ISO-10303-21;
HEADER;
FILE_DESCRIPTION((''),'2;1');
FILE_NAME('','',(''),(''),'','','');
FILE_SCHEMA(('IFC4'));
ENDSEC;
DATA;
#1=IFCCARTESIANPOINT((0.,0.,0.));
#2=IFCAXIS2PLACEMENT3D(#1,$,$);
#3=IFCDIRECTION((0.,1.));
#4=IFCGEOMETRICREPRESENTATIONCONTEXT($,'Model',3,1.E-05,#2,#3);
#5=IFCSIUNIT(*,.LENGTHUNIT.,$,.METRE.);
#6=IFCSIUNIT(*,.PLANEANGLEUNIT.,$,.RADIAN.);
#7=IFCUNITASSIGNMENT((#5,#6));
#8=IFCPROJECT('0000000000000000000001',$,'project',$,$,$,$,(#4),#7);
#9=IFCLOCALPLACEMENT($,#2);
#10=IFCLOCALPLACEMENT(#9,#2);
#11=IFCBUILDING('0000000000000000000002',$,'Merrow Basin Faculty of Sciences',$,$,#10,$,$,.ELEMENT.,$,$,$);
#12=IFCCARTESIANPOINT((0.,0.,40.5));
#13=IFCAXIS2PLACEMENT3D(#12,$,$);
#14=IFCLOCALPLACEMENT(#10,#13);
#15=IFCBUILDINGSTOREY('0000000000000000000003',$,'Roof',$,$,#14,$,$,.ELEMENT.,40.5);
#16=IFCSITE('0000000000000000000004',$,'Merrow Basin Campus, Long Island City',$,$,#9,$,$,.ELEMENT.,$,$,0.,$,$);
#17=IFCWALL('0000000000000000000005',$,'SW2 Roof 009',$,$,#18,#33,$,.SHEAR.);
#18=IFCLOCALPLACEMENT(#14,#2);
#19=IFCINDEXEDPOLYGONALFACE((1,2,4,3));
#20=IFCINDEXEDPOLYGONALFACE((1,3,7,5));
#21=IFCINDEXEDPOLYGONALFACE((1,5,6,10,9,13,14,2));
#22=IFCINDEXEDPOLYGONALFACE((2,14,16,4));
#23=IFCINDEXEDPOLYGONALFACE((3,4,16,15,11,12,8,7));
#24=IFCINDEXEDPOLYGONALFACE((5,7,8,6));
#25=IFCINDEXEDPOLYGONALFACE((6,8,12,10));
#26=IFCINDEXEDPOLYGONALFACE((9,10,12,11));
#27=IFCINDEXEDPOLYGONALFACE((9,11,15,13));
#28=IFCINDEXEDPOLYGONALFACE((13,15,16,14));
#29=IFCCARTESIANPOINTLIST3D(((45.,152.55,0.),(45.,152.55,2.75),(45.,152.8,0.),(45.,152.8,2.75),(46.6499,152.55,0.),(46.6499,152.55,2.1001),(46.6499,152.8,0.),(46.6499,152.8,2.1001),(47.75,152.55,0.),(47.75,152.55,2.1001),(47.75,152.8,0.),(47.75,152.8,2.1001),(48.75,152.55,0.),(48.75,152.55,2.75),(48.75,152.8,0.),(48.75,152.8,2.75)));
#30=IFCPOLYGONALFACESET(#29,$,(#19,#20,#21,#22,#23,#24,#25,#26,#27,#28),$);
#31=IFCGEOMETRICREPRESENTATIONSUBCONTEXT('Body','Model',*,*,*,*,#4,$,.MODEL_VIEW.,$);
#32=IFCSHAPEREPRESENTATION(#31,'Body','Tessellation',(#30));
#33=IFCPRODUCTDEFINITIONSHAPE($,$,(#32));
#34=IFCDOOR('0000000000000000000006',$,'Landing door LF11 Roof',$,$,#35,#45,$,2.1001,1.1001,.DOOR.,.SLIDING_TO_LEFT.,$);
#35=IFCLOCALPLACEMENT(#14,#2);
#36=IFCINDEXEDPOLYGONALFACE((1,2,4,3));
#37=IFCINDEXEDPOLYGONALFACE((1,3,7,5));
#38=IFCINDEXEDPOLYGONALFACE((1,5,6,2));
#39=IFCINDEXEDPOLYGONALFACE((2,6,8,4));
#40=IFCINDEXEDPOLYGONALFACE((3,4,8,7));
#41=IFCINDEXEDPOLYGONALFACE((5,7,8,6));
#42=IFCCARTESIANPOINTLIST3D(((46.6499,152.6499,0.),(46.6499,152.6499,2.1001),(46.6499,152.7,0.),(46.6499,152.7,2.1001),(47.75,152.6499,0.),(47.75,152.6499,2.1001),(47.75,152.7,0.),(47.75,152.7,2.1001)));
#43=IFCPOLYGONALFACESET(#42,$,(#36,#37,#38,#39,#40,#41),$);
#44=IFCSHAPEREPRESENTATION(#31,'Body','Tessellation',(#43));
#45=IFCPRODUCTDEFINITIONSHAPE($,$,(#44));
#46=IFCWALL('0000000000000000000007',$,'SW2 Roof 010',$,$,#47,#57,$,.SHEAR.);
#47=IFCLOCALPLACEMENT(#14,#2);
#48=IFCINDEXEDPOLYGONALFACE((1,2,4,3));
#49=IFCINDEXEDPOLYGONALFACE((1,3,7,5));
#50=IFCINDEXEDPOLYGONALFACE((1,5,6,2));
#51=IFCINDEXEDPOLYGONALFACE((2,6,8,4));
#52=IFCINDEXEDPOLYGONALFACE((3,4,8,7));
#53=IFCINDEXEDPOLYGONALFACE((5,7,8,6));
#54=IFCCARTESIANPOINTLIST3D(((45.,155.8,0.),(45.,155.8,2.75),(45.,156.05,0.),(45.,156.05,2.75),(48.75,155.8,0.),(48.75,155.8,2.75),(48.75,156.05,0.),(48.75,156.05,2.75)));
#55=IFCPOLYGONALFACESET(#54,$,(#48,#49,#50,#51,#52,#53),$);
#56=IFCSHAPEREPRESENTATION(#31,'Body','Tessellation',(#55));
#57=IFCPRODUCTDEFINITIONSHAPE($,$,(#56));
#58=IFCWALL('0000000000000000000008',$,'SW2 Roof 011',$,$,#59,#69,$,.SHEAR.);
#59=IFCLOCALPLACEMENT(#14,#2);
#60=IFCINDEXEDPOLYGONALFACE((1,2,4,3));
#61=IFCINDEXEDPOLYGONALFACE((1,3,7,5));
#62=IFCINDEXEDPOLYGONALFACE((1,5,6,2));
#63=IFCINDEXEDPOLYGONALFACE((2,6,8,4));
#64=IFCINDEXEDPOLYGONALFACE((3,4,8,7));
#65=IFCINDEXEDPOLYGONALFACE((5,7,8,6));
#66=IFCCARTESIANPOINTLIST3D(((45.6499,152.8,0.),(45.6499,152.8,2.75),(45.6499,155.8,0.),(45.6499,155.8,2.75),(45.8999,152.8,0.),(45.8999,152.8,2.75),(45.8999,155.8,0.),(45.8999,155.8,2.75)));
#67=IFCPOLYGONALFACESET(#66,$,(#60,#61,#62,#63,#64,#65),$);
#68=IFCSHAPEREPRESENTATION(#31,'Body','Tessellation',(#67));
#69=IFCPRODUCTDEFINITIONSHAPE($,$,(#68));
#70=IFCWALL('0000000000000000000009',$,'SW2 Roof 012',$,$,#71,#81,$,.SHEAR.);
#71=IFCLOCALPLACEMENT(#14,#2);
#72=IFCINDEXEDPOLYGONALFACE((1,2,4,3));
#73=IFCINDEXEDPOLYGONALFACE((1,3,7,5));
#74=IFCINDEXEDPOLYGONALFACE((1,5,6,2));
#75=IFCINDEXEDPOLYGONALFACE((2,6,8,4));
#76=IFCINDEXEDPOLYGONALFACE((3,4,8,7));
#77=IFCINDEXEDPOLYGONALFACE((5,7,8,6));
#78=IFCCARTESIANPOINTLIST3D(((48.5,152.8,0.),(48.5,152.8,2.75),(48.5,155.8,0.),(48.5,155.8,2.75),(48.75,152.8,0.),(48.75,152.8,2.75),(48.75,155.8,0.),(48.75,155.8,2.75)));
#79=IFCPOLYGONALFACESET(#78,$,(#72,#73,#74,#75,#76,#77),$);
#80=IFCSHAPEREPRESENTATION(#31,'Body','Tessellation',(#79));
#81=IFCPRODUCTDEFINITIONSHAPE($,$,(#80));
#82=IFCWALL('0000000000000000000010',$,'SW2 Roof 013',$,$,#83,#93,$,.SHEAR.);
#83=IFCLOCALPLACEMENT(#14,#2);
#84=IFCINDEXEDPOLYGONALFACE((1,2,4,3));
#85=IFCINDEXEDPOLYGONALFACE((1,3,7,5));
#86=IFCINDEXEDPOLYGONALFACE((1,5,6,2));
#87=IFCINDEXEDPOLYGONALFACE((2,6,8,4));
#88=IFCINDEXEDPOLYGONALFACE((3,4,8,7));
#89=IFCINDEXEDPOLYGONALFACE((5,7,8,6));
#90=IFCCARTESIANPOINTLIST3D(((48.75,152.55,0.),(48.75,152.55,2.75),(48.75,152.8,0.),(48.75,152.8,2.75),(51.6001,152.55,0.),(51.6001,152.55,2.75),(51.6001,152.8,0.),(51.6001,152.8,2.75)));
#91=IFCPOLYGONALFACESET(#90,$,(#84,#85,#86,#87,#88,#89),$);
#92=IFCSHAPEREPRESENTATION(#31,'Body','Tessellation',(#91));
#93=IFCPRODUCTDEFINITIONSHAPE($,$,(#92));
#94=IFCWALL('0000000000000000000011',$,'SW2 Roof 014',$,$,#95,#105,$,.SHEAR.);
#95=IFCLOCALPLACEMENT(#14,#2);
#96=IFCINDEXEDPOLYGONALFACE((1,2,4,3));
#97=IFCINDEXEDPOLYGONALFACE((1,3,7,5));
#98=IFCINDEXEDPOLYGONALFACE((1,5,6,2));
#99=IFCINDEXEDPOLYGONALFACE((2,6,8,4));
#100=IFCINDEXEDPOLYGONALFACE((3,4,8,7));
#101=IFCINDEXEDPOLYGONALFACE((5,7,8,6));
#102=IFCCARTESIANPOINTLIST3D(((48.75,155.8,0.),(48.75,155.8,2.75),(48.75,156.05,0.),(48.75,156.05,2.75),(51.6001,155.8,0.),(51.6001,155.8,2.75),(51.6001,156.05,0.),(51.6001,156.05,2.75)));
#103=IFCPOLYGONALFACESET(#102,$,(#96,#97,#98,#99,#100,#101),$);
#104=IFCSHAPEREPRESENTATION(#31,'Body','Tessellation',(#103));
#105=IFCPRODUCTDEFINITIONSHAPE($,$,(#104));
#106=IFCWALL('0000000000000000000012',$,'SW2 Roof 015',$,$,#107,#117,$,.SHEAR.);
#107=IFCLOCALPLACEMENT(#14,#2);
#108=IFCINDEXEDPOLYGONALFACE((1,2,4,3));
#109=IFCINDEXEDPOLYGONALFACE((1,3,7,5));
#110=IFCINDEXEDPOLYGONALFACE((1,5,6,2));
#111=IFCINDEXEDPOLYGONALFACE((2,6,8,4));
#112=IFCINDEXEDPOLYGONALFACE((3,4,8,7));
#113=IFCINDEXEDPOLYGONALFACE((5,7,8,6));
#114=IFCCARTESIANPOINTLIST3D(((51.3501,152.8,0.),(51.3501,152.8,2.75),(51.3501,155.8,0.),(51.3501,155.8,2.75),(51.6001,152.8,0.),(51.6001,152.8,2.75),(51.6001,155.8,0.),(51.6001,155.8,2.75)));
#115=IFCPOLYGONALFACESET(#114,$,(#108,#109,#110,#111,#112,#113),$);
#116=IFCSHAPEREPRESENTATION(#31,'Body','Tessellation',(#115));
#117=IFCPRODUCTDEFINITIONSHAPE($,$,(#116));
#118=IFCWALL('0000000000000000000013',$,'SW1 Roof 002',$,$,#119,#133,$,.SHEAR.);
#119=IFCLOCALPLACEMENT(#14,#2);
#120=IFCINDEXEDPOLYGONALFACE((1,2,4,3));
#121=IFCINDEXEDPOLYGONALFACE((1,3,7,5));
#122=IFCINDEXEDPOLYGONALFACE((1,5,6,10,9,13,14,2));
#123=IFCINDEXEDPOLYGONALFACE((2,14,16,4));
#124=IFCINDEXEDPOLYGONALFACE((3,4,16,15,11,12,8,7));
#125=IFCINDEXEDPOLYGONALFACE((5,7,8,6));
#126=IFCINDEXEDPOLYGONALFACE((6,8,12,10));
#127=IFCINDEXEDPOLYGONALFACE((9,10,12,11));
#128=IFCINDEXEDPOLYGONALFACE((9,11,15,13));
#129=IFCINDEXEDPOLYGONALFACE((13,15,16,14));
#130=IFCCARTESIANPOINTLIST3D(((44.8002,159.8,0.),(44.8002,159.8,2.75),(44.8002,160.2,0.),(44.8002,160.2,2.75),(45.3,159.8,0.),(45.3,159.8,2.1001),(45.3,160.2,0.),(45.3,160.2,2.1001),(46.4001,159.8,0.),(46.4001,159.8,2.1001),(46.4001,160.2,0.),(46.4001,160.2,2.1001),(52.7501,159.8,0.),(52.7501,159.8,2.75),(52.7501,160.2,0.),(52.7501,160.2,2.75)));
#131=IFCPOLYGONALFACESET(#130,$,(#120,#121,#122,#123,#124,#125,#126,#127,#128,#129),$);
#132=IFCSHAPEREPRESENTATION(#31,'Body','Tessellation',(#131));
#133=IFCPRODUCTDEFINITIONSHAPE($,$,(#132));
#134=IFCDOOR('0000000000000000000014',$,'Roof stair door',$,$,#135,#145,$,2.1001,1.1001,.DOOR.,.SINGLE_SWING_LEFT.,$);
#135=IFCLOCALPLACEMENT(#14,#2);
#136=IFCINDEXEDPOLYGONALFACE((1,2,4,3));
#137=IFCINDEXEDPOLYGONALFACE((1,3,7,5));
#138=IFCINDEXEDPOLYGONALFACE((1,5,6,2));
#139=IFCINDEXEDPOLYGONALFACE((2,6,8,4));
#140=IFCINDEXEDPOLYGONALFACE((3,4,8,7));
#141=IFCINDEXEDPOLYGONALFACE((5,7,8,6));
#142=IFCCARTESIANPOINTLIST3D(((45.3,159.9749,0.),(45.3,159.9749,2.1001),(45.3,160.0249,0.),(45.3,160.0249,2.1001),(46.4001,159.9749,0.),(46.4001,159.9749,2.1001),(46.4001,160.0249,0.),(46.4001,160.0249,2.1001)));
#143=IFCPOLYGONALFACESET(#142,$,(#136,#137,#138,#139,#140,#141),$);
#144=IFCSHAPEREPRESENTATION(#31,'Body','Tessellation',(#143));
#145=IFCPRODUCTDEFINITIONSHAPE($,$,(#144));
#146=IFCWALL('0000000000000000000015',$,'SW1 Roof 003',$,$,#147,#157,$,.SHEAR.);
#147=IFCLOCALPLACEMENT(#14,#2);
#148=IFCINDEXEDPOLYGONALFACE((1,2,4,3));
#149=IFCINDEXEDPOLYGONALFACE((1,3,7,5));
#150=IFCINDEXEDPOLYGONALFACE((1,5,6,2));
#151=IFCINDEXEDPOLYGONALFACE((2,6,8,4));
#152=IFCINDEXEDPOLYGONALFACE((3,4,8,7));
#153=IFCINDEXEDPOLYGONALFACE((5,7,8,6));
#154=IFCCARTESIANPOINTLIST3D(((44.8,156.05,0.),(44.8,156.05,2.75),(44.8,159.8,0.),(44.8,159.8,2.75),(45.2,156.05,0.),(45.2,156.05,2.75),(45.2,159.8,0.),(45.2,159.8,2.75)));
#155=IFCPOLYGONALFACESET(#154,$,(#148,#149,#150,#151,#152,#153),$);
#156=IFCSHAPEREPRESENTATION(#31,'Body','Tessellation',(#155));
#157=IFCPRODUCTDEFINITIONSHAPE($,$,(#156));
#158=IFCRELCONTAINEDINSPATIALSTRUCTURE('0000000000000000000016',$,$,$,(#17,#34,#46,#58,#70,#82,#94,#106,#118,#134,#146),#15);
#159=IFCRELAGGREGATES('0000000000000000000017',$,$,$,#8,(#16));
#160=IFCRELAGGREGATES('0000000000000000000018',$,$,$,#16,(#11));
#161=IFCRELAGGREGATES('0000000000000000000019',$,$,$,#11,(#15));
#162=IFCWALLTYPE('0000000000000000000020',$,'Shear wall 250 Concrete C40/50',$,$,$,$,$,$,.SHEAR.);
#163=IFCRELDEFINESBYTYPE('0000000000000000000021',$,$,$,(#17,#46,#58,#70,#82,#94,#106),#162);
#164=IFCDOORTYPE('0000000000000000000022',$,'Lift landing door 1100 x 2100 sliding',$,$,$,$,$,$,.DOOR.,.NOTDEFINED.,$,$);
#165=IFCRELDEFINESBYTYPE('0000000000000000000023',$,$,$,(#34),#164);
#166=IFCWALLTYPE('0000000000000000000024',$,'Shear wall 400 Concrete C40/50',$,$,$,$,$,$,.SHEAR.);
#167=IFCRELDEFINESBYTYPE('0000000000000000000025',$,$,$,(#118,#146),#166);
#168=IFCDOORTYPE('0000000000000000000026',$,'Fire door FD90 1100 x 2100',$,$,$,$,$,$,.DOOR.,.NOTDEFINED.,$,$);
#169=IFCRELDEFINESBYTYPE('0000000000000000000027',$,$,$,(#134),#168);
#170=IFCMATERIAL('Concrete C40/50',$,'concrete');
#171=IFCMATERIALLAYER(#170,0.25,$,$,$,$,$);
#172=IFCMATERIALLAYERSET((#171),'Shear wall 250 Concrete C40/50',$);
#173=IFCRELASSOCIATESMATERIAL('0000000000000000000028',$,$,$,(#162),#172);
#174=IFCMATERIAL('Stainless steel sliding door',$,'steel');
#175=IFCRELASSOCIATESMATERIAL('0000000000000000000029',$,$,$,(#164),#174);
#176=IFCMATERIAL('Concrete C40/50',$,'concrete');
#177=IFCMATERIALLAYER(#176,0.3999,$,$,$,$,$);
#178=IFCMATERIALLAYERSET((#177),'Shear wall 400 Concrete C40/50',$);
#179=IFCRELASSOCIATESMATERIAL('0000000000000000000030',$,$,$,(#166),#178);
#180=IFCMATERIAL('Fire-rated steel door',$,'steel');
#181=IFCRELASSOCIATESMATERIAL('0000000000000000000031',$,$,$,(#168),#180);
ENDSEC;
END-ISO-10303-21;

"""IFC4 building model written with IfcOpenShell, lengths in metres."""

from ifc_helpers import new_model, si_unit, direction, frame, frame_2d, origin, place, context, subcontext, project, spatial, rectangle, extrude, material, layer, layer_set, type_object, element, fill, save


model = new_model("IFC4")

# Units and contexts
model_context = context("Model", 3, precision=1e-05, world=origin(), true_north=direction((0.0, 1.0)))
body_context = subcontext(model_context, "Body", "Model", "MODEL_VIEW")
ifc_project = project(units=[si_unit("LENGTHUNIT", "METRE"), si_unit("PLANEANGLEUNIT", "RADIAN")], contexts=[model_context])

# Site, building, storey
site_placement = place(None, origin())
site = spatial("IfcSite", under=ifc_project, at=site_placement, Name="Merrow Basin Campus, Long Island City", CompositionType="ELEMENT", RefElevation=0.0)
building_placement = place(site_placement, origin())
building = spatial("IfcBuilding", under=site, at=building_placement, Name="Merrow Basin Faculty of Sciences", CompositionType="ELEMENT")
storey_placement = place(building_placement, frame((0.0, 0.0, 40.5)))
storey = spatial("IfcBuildingStorey", under=building, at=storey_placement, Name="Roof", CompositionType="ELEMENT", Elevation=40.5)

# Shared definitions
ifc_material_1 = material(Name="Concrete C40/50", Category="concrete")
ifc_layer_1 = layer(ifc_material_1, 0.25)
ifc_layer_set_1 = layer_set([ifc_layer_1], Name="Shear wall 250 Concrete C40/50")
wall_type_1 = type_object("IfcWallType", Name="Shear wall 250 Concrete C40/50", PredefinedType="SHEAR", material=ifc_layer_set_1)

# Wall, opening, door
wall_1_placement = place(storey_placement, frame((45.0, 152.675, 0.0), z_axis=(0.0, 0.0, 1.0), x_axis=(1.0, 0.0, 0.0)))
wall_1 = element("IfcWall", 1, at=wall_1_placement, inside=storey, type_object=wall_type_1, Name="SW2 Roof 009", PredefinedType="SHEAR", context=body_context, shape_type="SweptSolid", body=[
    extrude(rectangle(XDim=3.75, YDim=0.25, at=frame_2d((1.875, 0.0))), origin(), (0.0, 0.0, 1.0), 2.75),
])
opening_1_placement = place(wall_1_placement, frame((1.6499, 0.0, 0.0)))
opening_1 = element("IfcOpeningElement", 2, at=opening_1_placement, cuts=wall_1, PredefinedType="OPENING", context=body_context, shape_type="SweptSolid", body=[
    extrude(rectangle(XDim=1.1001, YDim=2.1001, at=frame_2d((0.55, 1.05))), frame((0.0, 0.135, 0.0), z_axis=(0.0, -1.0, 0.0), x_axis=(1.0, 0.0, 0.0)), (0.0, 0.0, 1.0), 0.27),
])
ifc_material_2 = material(Name="Stainless steel sliding door", Category="steel")
door_type_1 = type_object("IfcDoorType", Name="Lift landing door 1100 x 2100 sliding", OperationType="NOTDEFINED", PredefinedType="DOOR", material=ifc_material_2)
door_1_placement = place(opening_1_placement, origin())
door_1 = element("IfcDoor", 3, at=door_1_placement, inside=storey, type_object=door_type_1, Name="Landing door LF11 Roof", OperationType="SLIDING_TO_LEFT", OverallHeight=2.1001, OverallWidth=1.1001, PredefinedType="DOOR", context=body_context, shape_type="SweptSolid", body=[
    extrude(rectangle(XDim=1.1001, YDim=2.1001, at=frame_2d((0.55, 1.05))), frame((0.0, 0.0249, 0.0), z_axis=(0.0, -1.0, 0.0), x_axis=(1.0, 0.0, 0.0)), (0.0, 0.0, 1.0), 0.05),
])
fill(opening_1, door_1)

# Walls
wall_2_placement = place(storey_placement, frame((45.0, 155.925, 0.0), z_axis=(0.0, 0.0, 1.0), x_axis=(1.0, 0.0, 0.0)))
element("IfcWall", 4, at=wall_2_placement, inside=storey, type_object=wall_type_1, Name="SW2 Roof 010", PredefinedType="SHEAR", context=body_context, shape_type="SweptSolid", body=[
    extrude(rectangle(XDim=3.75, YDim=0.25, at=frame_2d((1.875, 0.0))), origin(), (0.0, 0.0, 1.0), 2.75),
])
for number, where, z_axis, x_axis, name in (
    (5, (45.7749, 152.8, 0.0), (0.0, 0.0, 1.0), (0.0, 1.0, 0.0), "SW2 Roof 011"),
    (6, (48.625, 152.8, 0.0), (0.0, 0.0, 1.0), (0.0, 1.0, 0.0), "SW2 Roof 012"),
):
    element("IfcWall", number, at=place(storey_placement, frame(where, z_axis=z_axis, x_axis=x_axis)), inside=storey, type_object=wall_type_1, Name=name, PredefinedType="SHEAR", context=body_context, shape_type="SweptSolid", body=[
        extrude(rectangle(XDim=3.0, YDim=0.25, at=frame_2d((1.5, 0.0))), origin(), (0.0, 0.0, 1.0), 2.75),
    ])
for number, where, z_axis, x_axis, name in (
    (7, (48.75, 152.675, 0.0), (0.0, 0.0, 1.0), (1.0, 0.0, 0.0), "SW2 Roof 013"),
    (8, (48.75, 155.925, 0.0), (0.0, 0.0, 1.0), (1.0, 0.0, 0.0), "SW2 Roof 014"),
):
    element("IfcWall", number, at=place(storey_placement, frame(where, z_axis=z_axis, x_axis=x_axis)), inside=storey, type_object=wall_type_1, Name=name, PredefinedType="SHEAR", context=body_context, shape_type="SweptSolid", body=[
        extrude(rectangle(XDim=2.8501, YDim=0.25, at=frame_2d((1.425, 0.0))), origin(), (0.0, 0.0, 1.0), 2.75),
    ])
wall_3_placement = place(storey_placement, frame((51.4751, 152.8, 0.0), z_axis=(0.0, 0.0, 1.0), x_axis=(0.0, 1.0, 0.0)))
element("IfcWall", 9, at=wall_3_placement, inside=storey, type_object=wall_type_1, Name="SW2 Roof 015", PredefinedType="SHEAR", context=body_context, shape_type="SweptSolid", body=[
    extrude(rectangle(XDim=3.0, YDim=0.25, at=frame_2d((1.5, 0.0))), origin(), (0.0, 0.0, 1.0), 2.75),
])

# Wall, opening, door
ifc_material_3 = material(Name="Concrete C40/50", Category="concrete")
ifc_layer_2 = layer(ifc_material_3, 0.3999)
ifc_layer_set_2 = layer_set([ifc_layer_2], Name="Shear wall 400 Concrete C40/50")
wall_type_2 = type_object("IfcWallType", Name="Shear wall 400 Concrete C40/50", PredefinedType="SHEAR", material=ifc_layer_set_2)
wall_4_placement = place(storey_placement, frame((44.8, 160.0, 0.0), z_axis=(0.0, 0.0, 1.0), x_axis=(1.0, 0.0, 0.0)))
wall_4 = element("IfcWall", 10, at=wall_4_placement, inside=storey, type_object=wall_type_2, Name="SW1 Roof 002", PredefinedType="SHEAR", context=body_context, shape_type="SweptSolid", body=[
    extrude(rectangle(XDim=7.95, YDim=0.3999, at=frame_2d((3.9751, 0.0))), origin(), (0.0, 0.0, 1.0), 2.75),
])
opening_2_placement = place(wall_4_placement, frame((0.5, 0.0, 0.0)))
opening_2 = element("IfcOpeningElement", 11, at=opening_2_placement, cuts=wall_4, PredefinedType="OPENING", context=body_context, shape_type="SweptSolid", body=[
    extrude(rectangle(XDim=1.1001, YDim=2.1001, at=frame_2d((0.55, 1.05))), frame((0.0, 0.21, 0.0), z_axis=(0.0, -1.0, 0.0), x_axis=(1.0, 0.0, 0.0)), (0.0, 0.0, 1.0), 0.4199),
])
ifc_material_4 = material(Name="Fire-rated steel door", Category="steel")
door_type_2 = type_object("IfcDoorType", Name="Fire door FD90 1100 x 2100", OperationType="NOTDEFINED", PredefinedType="DOOR", material=ifc_material_4)
door_2_placement = place(opening_2_placement, origin())
door_2 = element("IfcDoor", 12, at=door_2_placement, inside=storey, type_object=door_type_2, Name="Roof stair door", OperationType="SINGLE_SWING_LEFT", OverallHeight=2.1001, OverallWidth=1.1001, PredefinedType="DOOR", context=body_context, shape_type="SweptSolid", body=[
    extrude(rectangle(XDim=1.1001, YDim=2.1001, at=frame_2d((0.55, 1.05))), frame((0.0, 0.0249, 0.0), z_axis=(0.0, -1.0, 0.0), x_axis=(1.0, 0.0, 0.0)), (0.0, 0.0, 1.0), 0.05),
])
fill(opening_2, door_2)

# Wall
wall_5_placement = place(storey_placement, frame((45.0, 156.05, 0.0), z_axis=(0.0, 0.0, 1.0), x_axis=(0.0, 1.0, 0.0)))
element("IfcWall", 13, at=wall_5_placement, inside=storey, type_object=wall_type_2, Name="SW1 Roof 003", PredefinedType="SHEAR", context=body_context, shape_type="SweptSolid", body=[
    extrude(rectangle(XDim=3.75, YDim=0.3999, at=frame_2d((1.875, 0.0))), origin(), (0.0, 0.0, 1.0), 2.75),
])

save(model, "model.ifc")
